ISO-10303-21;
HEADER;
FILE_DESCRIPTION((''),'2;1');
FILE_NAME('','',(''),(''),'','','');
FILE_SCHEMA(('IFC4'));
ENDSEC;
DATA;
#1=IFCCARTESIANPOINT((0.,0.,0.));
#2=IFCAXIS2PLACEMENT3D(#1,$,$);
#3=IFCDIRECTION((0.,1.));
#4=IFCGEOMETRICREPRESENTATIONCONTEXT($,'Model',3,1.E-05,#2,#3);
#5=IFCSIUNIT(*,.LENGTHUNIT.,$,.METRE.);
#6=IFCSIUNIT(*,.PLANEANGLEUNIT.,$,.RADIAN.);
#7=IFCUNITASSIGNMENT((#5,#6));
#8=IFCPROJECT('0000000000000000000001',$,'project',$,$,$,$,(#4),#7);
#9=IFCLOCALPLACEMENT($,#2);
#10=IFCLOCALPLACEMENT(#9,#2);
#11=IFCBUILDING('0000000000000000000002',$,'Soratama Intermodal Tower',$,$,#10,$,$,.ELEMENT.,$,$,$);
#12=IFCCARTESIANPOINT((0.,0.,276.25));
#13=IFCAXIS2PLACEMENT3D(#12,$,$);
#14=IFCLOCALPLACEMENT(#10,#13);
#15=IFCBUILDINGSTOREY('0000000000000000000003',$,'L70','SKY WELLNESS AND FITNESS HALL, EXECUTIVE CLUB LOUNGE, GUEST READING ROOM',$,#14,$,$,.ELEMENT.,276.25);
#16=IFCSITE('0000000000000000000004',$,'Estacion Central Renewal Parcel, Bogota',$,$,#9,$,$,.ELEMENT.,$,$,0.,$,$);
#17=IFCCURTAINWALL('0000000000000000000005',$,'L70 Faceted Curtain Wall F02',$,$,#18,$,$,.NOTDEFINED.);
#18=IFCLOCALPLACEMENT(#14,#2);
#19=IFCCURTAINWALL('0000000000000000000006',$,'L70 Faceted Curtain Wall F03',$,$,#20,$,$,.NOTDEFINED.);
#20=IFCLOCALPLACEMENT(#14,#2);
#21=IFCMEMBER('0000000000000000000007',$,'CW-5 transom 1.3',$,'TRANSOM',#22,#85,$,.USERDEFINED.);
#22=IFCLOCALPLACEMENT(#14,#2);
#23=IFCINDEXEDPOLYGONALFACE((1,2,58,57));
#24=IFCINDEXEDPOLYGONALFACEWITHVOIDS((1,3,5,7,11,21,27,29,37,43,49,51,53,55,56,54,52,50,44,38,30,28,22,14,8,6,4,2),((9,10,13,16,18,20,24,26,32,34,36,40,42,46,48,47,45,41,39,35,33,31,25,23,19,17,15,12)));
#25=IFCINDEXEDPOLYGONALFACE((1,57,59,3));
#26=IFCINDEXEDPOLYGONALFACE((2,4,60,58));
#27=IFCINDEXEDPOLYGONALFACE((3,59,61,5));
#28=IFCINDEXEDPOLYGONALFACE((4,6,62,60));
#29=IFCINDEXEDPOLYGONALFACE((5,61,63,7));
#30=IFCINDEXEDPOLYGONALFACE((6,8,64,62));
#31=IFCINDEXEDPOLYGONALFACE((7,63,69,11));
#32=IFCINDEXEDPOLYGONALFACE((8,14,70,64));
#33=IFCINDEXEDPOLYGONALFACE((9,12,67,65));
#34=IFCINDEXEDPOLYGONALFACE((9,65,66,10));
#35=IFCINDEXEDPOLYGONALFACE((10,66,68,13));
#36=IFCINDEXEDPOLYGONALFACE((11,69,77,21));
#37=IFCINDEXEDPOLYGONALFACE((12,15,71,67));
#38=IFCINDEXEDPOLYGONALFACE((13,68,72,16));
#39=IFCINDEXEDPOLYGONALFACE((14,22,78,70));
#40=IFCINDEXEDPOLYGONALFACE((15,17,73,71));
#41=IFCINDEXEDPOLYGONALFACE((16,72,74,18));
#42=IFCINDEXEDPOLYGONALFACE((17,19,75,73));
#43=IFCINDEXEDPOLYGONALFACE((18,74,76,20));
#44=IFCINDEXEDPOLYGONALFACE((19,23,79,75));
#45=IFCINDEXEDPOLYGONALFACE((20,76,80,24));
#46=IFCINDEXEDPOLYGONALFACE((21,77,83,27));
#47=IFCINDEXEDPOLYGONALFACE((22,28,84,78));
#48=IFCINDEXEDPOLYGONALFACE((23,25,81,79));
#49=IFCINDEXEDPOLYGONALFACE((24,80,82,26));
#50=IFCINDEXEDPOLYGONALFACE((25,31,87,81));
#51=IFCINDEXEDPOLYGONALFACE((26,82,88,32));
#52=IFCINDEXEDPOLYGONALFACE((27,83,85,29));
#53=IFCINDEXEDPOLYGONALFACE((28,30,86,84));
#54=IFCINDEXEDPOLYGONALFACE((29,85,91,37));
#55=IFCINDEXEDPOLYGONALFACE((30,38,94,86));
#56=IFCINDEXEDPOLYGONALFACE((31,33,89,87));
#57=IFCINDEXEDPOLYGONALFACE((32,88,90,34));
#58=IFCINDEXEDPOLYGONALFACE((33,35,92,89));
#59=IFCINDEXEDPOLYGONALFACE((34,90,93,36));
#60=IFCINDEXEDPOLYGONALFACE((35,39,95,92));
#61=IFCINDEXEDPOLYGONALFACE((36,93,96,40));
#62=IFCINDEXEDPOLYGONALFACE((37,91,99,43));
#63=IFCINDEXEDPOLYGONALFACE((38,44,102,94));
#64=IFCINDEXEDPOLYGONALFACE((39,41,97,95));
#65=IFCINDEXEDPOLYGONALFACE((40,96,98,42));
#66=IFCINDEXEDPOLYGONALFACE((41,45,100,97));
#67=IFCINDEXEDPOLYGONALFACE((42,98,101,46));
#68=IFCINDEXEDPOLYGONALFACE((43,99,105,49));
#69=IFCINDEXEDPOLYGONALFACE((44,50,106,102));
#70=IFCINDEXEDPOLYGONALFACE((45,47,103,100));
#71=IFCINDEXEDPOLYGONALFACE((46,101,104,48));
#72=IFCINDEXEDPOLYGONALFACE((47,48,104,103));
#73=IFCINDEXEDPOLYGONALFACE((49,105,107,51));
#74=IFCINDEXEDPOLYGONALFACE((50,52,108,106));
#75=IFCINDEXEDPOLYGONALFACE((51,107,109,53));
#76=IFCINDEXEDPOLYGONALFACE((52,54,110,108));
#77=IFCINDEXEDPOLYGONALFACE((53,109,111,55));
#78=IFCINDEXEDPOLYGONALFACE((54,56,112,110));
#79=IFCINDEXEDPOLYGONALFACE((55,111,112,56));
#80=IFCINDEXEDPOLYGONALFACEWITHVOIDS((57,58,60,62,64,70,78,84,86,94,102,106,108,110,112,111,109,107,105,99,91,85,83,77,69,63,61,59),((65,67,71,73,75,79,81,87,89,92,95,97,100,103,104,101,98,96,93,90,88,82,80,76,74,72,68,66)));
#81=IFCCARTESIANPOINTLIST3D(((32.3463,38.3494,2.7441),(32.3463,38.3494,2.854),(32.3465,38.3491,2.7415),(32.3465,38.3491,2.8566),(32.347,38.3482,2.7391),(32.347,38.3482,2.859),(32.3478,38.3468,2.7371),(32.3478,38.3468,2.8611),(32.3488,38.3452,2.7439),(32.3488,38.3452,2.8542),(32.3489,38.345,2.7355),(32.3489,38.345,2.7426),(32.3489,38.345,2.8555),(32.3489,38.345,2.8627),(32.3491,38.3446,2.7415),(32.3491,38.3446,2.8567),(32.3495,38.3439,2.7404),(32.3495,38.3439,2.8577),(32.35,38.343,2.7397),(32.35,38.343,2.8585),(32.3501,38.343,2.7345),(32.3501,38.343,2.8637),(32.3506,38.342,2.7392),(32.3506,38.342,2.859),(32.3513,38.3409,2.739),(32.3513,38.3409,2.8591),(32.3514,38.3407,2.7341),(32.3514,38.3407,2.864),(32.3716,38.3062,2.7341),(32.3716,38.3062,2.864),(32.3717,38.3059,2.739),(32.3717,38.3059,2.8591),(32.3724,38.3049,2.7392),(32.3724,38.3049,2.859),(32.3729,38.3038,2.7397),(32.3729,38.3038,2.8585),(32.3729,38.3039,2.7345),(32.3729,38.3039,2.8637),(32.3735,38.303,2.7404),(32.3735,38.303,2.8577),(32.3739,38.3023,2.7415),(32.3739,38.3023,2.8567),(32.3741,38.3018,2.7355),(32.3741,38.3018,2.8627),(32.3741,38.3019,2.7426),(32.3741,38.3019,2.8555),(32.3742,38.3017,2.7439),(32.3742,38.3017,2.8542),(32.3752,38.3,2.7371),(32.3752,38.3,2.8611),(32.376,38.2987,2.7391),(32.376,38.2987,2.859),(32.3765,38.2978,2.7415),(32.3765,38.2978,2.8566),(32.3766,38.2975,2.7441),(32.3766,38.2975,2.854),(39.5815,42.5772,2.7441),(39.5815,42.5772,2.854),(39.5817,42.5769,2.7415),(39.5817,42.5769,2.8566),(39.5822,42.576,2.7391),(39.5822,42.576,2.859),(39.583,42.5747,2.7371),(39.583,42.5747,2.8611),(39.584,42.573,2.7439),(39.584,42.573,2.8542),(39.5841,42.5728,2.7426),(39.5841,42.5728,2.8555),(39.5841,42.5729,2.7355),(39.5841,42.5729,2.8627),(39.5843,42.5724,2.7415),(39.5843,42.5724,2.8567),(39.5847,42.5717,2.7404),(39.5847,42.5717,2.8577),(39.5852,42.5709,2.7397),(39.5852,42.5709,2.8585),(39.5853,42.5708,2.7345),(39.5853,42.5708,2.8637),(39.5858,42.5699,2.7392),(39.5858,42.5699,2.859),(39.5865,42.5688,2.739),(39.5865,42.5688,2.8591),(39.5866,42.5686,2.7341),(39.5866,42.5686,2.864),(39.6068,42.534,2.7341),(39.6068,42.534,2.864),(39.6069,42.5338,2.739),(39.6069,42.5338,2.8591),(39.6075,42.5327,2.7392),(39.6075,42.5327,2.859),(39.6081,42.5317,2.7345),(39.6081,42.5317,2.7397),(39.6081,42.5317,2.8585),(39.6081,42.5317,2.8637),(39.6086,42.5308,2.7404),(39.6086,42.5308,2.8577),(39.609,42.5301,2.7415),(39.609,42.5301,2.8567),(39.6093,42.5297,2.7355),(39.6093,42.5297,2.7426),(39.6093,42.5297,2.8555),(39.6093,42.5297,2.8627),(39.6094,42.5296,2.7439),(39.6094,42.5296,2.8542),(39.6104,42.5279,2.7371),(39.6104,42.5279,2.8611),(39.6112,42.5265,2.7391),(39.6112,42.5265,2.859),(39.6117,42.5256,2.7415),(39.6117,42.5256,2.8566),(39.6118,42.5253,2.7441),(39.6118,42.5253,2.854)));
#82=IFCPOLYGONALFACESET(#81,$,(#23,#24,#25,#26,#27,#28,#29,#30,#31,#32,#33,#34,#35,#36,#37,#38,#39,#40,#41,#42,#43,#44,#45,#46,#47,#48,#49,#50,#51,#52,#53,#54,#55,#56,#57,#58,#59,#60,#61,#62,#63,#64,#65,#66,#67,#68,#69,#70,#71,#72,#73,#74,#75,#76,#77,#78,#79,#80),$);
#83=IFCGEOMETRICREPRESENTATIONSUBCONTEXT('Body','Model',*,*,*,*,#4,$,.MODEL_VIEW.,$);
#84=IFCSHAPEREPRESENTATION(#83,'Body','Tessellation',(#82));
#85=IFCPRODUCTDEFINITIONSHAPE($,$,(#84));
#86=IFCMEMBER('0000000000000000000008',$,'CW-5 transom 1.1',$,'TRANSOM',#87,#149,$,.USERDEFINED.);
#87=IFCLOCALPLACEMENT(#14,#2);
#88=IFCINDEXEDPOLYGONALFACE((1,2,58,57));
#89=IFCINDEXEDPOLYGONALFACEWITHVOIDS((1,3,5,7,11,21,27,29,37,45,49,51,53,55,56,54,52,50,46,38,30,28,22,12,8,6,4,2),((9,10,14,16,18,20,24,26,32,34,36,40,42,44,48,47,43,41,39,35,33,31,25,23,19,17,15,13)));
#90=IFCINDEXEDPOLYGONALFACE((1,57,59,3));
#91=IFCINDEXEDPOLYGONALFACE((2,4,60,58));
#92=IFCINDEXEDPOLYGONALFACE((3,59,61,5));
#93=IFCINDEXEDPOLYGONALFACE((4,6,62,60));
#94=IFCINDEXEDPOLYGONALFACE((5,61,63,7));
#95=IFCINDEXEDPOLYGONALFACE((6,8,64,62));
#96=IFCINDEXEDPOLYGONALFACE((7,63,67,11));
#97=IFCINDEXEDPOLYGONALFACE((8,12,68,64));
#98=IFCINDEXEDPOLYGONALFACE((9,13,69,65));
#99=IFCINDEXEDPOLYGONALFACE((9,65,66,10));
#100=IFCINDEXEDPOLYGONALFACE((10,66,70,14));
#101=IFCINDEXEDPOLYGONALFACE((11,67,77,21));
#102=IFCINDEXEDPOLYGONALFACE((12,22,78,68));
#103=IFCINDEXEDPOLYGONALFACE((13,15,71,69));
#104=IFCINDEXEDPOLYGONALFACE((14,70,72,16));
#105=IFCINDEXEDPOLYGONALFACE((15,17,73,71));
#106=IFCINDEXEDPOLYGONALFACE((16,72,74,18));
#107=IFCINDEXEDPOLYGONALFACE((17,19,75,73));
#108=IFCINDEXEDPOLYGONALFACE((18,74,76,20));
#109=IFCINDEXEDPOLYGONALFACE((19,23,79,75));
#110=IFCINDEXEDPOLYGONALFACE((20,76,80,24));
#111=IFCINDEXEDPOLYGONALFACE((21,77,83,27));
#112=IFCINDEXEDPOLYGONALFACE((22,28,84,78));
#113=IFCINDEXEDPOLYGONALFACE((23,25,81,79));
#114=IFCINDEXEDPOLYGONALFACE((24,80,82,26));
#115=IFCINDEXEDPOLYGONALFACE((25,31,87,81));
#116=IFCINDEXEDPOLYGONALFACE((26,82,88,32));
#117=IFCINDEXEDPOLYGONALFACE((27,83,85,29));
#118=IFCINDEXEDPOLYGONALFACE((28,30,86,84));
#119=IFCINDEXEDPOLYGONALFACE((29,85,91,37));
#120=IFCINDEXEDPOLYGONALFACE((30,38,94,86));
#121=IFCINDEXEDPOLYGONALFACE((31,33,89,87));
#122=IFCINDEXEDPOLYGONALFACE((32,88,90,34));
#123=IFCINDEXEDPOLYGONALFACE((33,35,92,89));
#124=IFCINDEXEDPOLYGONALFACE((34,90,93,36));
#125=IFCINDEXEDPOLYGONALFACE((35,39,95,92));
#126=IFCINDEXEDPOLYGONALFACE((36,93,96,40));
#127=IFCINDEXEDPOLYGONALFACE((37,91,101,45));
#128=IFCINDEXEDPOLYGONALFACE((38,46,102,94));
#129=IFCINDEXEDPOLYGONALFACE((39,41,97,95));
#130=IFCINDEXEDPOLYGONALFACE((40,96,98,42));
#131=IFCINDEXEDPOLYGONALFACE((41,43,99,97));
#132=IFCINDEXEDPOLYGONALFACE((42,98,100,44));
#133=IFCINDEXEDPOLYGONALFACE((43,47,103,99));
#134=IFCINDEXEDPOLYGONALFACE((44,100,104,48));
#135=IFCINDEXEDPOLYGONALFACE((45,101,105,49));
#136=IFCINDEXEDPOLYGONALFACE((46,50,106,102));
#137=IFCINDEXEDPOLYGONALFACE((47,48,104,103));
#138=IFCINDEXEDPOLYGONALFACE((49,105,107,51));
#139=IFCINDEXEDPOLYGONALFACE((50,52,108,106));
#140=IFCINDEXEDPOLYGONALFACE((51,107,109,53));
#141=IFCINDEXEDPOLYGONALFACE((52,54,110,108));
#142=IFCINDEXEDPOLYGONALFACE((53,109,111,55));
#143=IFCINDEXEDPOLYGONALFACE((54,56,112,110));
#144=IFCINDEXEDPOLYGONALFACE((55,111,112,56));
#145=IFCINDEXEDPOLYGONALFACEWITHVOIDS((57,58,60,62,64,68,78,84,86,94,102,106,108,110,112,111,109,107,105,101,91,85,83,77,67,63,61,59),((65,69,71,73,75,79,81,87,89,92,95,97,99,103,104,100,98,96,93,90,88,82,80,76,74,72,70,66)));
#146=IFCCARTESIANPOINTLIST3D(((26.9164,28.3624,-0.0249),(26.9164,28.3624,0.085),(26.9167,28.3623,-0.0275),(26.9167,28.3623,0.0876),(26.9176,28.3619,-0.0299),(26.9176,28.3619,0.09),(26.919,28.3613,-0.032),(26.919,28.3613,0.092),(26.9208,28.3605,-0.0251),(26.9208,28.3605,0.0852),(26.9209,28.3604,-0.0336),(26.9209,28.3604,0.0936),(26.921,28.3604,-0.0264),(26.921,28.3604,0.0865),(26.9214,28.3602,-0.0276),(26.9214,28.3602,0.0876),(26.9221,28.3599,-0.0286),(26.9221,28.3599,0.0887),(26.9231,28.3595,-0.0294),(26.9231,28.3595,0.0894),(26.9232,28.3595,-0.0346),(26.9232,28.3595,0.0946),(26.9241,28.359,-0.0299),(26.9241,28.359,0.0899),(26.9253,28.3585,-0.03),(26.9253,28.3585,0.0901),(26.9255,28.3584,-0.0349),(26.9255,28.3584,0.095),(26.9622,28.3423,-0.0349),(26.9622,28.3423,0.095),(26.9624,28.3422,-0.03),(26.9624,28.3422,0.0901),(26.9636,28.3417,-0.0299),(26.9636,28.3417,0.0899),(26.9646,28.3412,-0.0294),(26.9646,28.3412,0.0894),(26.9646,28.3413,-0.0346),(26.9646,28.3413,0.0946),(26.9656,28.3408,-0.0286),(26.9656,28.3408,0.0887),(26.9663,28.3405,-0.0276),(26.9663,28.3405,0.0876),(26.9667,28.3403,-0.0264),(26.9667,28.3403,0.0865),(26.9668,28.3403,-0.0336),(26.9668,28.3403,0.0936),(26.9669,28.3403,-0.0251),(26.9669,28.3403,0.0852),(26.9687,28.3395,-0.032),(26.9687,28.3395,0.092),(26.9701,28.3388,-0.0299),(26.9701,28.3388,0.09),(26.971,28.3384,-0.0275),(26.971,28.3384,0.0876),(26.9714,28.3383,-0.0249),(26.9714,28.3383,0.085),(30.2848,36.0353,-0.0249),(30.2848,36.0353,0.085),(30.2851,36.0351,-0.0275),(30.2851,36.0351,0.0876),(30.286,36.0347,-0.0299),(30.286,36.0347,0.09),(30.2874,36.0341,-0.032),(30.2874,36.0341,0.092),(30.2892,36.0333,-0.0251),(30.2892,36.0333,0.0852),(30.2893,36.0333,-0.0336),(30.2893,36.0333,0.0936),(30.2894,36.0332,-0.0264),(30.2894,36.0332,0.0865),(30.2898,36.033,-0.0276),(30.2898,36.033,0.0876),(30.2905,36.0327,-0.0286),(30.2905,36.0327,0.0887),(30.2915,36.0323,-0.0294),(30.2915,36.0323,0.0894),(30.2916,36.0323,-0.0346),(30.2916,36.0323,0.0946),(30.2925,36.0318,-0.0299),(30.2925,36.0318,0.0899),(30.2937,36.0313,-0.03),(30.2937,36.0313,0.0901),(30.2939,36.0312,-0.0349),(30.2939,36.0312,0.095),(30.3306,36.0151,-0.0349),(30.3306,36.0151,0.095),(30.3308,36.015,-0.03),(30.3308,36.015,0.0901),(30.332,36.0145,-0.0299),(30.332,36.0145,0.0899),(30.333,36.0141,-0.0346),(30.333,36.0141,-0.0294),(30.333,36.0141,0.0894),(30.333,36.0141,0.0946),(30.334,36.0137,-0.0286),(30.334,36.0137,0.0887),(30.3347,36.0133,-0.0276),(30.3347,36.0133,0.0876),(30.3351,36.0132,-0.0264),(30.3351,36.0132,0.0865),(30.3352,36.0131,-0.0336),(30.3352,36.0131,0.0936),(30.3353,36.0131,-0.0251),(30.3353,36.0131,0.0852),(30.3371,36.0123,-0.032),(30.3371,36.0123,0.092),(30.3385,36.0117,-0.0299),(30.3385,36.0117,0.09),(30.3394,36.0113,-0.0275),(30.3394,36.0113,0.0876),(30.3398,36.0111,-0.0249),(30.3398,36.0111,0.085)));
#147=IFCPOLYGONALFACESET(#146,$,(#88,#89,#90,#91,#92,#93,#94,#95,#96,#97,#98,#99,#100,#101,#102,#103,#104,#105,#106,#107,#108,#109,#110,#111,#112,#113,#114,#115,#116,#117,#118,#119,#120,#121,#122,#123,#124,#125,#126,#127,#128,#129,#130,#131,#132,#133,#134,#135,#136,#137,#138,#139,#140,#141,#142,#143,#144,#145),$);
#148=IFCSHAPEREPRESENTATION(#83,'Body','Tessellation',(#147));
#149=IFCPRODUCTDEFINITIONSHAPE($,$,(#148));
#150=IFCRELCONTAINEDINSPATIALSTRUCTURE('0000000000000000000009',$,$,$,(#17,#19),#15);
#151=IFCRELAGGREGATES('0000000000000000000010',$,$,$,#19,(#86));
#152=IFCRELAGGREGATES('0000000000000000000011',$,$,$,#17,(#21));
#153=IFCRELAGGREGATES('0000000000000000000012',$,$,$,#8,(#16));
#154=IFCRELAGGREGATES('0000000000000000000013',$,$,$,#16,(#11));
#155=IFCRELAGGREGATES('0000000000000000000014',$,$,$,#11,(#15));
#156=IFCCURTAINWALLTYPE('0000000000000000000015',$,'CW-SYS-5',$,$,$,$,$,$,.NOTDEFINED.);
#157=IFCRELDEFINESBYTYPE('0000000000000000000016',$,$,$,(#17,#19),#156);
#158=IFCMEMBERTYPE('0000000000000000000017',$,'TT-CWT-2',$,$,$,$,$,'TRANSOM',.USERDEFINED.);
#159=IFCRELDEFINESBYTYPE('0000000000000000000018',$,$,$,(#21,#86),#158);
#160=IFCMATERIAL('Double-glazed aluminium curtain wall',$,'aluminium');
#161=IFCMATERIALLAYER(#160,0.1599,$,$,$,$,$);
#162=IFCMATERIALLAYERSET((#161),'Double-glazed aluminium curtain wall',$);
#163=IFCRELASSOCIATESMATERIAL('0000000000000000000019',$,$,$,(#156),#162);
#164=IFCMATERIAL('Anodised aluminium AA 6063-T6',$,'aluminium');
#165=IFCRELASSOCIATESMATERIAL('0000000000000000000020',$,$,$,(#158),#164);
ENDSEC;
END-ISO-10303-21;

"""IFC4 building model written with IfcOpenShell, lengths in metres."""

from ifc_helpers import new_model, si_unit, direction, frame, origin, origin_2d, place, context, subcontext, project, spatial, hollow_rectangle, extrude, material, layer, layer_set, material_profile, profile_set, type_object, element, aggregate, save


model = new_model("IFC4")

# Units and contexts
model_context = context("Model", 3, precision=1e-05, world=origin(), true_north=direction((0.0, 1.0)))
body_context = subcontext(model_context, "Body", "Model", "MODEL_VIEW")
ifc_project = project(units=[si_unit("LENGTHUNIT", "METRE"), si_unit("PLANEANGLEUNIT", "RADIAN")], contexts=[model_context])

# Site, building, storey
site_placement = place(None, origin())
site = spatial("IfcSite", under=ifc_project, at=site_placement, Name="Estacion Central Renewal Parcel, Bogota", CompositionType="ELEMENT", RefElevation=0.0)
building_placement = place(site_placement, origin())
building = spatial("IfcBuilding", under=site, at=building_placement, Name="Soratama Intermodal Tower", CompositionType="ELEMENT")
storey_placement = place(building_placement, frame((0.0, 0.0, 276.25)))
storey = spatial("IfcBuildingStorey", under=building, at=storey_placement, Name="L70", Description="SKY WELLNESS AND FITNESS HALL, EXECUTIVE CLUB LOUNGE, GUEST READING ROOM", CompositionType="ELEMENT", Elevation=276.25)

# Curtain wall
ifc_material_1 = material(Name="Double-glazed aluminium curtain wall", Category="aluminium")
ifc_layer_1 = layer(ifc_material_1, 0.1599)
ifc_layer_set_1 = layer_set([ifc_layer_1], Name="Double-glazed aluminium curtain wall")
curtain_wall_type = type_object("IfcCurtainWallType", Name="CW-SYS-5", PredefinedType="NOTDEFINED", material=ifc_layer_set_1)
curtain_wall_1_placement = place(storey_placement, origin())
curtain_wall_1 = element("IfcCurtainWall", 1, at=curtain_wall_1_placement, inside=storey, type_object=curtain_wall_type, Name="L70 Faceted Curtain Wall F02", PredefinedType="NOTDEFINED")

# Curtain wall
curtain_wall_2_placement = place(storey_placement, origin())
curtain_wall_2 = element("IfcCurtainWall", 2, at=curtain_wall_2_placement, inside=storey, type_object=curtain_wall_type, Name="L70 Faceted Curtain Wall F03", PredefinedType="NOTDEFINED")

# Members
ifc_material_2 = material(Name="Anodised aluminium AA 6063-T6", Category="aluminium")
ifc_material_profile_1 = material_profile(ifc_material_2, hollow_rectangle(XDim=0.0601, YDim=0.1299, WallThickness=0.0049, InnerFilletRadius=0.0049, OuterFilletRadius=0.01, at=origin_2d()), Name="CWT130X60X5")
ifc_profile_set_1 = profile_set([ifc_material_profile_1], Name="Anodised aluminium AA 6063-T6")
member_type_1 = type_object("IfcMemberType", Name="TT-CWT-2", ElementType="TRANSOM", PredefinedType="USERDEFINED", material=ifc_profile_set_1)
member_1_placement = place(storey_placement, frame((39.5967, 42.5513, 2.7991), z_axis=(-0.863399, -0.504521, 0.0), x_axis=(0.504521, -0.863399, 0.0)))
member_1 = element("IfcMember", 3, at=member_1_placement, type_object=member_type_1, Name="CW-5 transom 1.3", ObjectType="TRANSOM", PredefinedType="USERDEFINED", context=body_context, shape_type="SweptSolid", body=[
    extrude(hollow_rectangle(XDim=0.0601, YDim=0.1299, WallThickness=0.0049, InnerFilletRadius=0.0049, OuterFilletRadius=0.01, at=origin_2d()), origin(), (0.0, 0.0, 1.0), 8.3799),
])
member_2_placement = place(storey_placement, frame((30.3123, 36.0232, 0.03), z_axis=(-0.401974, -0.915651, 0.0), x_axis=(0.915651, -0.401974, 0.0)))
member_2 = element("IfcMember", 4, at=member_2_placement, type_object=member_type_1, Name="CW-5 transom 1.1", ObjectType="TRANSOM", PredefinedType="USERDEFINED", context=body_context, shape_type="SweptSolid", body=[
    extrude(hollow_rectangle(XDim=0.0601, YDim=0.1299, WallThickness=0.0049, InnerFilletRadius=0.0049, OuterFilletRadius=0.01, at=origin_2d()), origin(), (0.0, 0.0, 1.0), 8.3796),
])
aggregate(curtain_wall_2, [member_2])

aggregate(curtain_wall_1, [member_1])

save(model, "model.ifc")
